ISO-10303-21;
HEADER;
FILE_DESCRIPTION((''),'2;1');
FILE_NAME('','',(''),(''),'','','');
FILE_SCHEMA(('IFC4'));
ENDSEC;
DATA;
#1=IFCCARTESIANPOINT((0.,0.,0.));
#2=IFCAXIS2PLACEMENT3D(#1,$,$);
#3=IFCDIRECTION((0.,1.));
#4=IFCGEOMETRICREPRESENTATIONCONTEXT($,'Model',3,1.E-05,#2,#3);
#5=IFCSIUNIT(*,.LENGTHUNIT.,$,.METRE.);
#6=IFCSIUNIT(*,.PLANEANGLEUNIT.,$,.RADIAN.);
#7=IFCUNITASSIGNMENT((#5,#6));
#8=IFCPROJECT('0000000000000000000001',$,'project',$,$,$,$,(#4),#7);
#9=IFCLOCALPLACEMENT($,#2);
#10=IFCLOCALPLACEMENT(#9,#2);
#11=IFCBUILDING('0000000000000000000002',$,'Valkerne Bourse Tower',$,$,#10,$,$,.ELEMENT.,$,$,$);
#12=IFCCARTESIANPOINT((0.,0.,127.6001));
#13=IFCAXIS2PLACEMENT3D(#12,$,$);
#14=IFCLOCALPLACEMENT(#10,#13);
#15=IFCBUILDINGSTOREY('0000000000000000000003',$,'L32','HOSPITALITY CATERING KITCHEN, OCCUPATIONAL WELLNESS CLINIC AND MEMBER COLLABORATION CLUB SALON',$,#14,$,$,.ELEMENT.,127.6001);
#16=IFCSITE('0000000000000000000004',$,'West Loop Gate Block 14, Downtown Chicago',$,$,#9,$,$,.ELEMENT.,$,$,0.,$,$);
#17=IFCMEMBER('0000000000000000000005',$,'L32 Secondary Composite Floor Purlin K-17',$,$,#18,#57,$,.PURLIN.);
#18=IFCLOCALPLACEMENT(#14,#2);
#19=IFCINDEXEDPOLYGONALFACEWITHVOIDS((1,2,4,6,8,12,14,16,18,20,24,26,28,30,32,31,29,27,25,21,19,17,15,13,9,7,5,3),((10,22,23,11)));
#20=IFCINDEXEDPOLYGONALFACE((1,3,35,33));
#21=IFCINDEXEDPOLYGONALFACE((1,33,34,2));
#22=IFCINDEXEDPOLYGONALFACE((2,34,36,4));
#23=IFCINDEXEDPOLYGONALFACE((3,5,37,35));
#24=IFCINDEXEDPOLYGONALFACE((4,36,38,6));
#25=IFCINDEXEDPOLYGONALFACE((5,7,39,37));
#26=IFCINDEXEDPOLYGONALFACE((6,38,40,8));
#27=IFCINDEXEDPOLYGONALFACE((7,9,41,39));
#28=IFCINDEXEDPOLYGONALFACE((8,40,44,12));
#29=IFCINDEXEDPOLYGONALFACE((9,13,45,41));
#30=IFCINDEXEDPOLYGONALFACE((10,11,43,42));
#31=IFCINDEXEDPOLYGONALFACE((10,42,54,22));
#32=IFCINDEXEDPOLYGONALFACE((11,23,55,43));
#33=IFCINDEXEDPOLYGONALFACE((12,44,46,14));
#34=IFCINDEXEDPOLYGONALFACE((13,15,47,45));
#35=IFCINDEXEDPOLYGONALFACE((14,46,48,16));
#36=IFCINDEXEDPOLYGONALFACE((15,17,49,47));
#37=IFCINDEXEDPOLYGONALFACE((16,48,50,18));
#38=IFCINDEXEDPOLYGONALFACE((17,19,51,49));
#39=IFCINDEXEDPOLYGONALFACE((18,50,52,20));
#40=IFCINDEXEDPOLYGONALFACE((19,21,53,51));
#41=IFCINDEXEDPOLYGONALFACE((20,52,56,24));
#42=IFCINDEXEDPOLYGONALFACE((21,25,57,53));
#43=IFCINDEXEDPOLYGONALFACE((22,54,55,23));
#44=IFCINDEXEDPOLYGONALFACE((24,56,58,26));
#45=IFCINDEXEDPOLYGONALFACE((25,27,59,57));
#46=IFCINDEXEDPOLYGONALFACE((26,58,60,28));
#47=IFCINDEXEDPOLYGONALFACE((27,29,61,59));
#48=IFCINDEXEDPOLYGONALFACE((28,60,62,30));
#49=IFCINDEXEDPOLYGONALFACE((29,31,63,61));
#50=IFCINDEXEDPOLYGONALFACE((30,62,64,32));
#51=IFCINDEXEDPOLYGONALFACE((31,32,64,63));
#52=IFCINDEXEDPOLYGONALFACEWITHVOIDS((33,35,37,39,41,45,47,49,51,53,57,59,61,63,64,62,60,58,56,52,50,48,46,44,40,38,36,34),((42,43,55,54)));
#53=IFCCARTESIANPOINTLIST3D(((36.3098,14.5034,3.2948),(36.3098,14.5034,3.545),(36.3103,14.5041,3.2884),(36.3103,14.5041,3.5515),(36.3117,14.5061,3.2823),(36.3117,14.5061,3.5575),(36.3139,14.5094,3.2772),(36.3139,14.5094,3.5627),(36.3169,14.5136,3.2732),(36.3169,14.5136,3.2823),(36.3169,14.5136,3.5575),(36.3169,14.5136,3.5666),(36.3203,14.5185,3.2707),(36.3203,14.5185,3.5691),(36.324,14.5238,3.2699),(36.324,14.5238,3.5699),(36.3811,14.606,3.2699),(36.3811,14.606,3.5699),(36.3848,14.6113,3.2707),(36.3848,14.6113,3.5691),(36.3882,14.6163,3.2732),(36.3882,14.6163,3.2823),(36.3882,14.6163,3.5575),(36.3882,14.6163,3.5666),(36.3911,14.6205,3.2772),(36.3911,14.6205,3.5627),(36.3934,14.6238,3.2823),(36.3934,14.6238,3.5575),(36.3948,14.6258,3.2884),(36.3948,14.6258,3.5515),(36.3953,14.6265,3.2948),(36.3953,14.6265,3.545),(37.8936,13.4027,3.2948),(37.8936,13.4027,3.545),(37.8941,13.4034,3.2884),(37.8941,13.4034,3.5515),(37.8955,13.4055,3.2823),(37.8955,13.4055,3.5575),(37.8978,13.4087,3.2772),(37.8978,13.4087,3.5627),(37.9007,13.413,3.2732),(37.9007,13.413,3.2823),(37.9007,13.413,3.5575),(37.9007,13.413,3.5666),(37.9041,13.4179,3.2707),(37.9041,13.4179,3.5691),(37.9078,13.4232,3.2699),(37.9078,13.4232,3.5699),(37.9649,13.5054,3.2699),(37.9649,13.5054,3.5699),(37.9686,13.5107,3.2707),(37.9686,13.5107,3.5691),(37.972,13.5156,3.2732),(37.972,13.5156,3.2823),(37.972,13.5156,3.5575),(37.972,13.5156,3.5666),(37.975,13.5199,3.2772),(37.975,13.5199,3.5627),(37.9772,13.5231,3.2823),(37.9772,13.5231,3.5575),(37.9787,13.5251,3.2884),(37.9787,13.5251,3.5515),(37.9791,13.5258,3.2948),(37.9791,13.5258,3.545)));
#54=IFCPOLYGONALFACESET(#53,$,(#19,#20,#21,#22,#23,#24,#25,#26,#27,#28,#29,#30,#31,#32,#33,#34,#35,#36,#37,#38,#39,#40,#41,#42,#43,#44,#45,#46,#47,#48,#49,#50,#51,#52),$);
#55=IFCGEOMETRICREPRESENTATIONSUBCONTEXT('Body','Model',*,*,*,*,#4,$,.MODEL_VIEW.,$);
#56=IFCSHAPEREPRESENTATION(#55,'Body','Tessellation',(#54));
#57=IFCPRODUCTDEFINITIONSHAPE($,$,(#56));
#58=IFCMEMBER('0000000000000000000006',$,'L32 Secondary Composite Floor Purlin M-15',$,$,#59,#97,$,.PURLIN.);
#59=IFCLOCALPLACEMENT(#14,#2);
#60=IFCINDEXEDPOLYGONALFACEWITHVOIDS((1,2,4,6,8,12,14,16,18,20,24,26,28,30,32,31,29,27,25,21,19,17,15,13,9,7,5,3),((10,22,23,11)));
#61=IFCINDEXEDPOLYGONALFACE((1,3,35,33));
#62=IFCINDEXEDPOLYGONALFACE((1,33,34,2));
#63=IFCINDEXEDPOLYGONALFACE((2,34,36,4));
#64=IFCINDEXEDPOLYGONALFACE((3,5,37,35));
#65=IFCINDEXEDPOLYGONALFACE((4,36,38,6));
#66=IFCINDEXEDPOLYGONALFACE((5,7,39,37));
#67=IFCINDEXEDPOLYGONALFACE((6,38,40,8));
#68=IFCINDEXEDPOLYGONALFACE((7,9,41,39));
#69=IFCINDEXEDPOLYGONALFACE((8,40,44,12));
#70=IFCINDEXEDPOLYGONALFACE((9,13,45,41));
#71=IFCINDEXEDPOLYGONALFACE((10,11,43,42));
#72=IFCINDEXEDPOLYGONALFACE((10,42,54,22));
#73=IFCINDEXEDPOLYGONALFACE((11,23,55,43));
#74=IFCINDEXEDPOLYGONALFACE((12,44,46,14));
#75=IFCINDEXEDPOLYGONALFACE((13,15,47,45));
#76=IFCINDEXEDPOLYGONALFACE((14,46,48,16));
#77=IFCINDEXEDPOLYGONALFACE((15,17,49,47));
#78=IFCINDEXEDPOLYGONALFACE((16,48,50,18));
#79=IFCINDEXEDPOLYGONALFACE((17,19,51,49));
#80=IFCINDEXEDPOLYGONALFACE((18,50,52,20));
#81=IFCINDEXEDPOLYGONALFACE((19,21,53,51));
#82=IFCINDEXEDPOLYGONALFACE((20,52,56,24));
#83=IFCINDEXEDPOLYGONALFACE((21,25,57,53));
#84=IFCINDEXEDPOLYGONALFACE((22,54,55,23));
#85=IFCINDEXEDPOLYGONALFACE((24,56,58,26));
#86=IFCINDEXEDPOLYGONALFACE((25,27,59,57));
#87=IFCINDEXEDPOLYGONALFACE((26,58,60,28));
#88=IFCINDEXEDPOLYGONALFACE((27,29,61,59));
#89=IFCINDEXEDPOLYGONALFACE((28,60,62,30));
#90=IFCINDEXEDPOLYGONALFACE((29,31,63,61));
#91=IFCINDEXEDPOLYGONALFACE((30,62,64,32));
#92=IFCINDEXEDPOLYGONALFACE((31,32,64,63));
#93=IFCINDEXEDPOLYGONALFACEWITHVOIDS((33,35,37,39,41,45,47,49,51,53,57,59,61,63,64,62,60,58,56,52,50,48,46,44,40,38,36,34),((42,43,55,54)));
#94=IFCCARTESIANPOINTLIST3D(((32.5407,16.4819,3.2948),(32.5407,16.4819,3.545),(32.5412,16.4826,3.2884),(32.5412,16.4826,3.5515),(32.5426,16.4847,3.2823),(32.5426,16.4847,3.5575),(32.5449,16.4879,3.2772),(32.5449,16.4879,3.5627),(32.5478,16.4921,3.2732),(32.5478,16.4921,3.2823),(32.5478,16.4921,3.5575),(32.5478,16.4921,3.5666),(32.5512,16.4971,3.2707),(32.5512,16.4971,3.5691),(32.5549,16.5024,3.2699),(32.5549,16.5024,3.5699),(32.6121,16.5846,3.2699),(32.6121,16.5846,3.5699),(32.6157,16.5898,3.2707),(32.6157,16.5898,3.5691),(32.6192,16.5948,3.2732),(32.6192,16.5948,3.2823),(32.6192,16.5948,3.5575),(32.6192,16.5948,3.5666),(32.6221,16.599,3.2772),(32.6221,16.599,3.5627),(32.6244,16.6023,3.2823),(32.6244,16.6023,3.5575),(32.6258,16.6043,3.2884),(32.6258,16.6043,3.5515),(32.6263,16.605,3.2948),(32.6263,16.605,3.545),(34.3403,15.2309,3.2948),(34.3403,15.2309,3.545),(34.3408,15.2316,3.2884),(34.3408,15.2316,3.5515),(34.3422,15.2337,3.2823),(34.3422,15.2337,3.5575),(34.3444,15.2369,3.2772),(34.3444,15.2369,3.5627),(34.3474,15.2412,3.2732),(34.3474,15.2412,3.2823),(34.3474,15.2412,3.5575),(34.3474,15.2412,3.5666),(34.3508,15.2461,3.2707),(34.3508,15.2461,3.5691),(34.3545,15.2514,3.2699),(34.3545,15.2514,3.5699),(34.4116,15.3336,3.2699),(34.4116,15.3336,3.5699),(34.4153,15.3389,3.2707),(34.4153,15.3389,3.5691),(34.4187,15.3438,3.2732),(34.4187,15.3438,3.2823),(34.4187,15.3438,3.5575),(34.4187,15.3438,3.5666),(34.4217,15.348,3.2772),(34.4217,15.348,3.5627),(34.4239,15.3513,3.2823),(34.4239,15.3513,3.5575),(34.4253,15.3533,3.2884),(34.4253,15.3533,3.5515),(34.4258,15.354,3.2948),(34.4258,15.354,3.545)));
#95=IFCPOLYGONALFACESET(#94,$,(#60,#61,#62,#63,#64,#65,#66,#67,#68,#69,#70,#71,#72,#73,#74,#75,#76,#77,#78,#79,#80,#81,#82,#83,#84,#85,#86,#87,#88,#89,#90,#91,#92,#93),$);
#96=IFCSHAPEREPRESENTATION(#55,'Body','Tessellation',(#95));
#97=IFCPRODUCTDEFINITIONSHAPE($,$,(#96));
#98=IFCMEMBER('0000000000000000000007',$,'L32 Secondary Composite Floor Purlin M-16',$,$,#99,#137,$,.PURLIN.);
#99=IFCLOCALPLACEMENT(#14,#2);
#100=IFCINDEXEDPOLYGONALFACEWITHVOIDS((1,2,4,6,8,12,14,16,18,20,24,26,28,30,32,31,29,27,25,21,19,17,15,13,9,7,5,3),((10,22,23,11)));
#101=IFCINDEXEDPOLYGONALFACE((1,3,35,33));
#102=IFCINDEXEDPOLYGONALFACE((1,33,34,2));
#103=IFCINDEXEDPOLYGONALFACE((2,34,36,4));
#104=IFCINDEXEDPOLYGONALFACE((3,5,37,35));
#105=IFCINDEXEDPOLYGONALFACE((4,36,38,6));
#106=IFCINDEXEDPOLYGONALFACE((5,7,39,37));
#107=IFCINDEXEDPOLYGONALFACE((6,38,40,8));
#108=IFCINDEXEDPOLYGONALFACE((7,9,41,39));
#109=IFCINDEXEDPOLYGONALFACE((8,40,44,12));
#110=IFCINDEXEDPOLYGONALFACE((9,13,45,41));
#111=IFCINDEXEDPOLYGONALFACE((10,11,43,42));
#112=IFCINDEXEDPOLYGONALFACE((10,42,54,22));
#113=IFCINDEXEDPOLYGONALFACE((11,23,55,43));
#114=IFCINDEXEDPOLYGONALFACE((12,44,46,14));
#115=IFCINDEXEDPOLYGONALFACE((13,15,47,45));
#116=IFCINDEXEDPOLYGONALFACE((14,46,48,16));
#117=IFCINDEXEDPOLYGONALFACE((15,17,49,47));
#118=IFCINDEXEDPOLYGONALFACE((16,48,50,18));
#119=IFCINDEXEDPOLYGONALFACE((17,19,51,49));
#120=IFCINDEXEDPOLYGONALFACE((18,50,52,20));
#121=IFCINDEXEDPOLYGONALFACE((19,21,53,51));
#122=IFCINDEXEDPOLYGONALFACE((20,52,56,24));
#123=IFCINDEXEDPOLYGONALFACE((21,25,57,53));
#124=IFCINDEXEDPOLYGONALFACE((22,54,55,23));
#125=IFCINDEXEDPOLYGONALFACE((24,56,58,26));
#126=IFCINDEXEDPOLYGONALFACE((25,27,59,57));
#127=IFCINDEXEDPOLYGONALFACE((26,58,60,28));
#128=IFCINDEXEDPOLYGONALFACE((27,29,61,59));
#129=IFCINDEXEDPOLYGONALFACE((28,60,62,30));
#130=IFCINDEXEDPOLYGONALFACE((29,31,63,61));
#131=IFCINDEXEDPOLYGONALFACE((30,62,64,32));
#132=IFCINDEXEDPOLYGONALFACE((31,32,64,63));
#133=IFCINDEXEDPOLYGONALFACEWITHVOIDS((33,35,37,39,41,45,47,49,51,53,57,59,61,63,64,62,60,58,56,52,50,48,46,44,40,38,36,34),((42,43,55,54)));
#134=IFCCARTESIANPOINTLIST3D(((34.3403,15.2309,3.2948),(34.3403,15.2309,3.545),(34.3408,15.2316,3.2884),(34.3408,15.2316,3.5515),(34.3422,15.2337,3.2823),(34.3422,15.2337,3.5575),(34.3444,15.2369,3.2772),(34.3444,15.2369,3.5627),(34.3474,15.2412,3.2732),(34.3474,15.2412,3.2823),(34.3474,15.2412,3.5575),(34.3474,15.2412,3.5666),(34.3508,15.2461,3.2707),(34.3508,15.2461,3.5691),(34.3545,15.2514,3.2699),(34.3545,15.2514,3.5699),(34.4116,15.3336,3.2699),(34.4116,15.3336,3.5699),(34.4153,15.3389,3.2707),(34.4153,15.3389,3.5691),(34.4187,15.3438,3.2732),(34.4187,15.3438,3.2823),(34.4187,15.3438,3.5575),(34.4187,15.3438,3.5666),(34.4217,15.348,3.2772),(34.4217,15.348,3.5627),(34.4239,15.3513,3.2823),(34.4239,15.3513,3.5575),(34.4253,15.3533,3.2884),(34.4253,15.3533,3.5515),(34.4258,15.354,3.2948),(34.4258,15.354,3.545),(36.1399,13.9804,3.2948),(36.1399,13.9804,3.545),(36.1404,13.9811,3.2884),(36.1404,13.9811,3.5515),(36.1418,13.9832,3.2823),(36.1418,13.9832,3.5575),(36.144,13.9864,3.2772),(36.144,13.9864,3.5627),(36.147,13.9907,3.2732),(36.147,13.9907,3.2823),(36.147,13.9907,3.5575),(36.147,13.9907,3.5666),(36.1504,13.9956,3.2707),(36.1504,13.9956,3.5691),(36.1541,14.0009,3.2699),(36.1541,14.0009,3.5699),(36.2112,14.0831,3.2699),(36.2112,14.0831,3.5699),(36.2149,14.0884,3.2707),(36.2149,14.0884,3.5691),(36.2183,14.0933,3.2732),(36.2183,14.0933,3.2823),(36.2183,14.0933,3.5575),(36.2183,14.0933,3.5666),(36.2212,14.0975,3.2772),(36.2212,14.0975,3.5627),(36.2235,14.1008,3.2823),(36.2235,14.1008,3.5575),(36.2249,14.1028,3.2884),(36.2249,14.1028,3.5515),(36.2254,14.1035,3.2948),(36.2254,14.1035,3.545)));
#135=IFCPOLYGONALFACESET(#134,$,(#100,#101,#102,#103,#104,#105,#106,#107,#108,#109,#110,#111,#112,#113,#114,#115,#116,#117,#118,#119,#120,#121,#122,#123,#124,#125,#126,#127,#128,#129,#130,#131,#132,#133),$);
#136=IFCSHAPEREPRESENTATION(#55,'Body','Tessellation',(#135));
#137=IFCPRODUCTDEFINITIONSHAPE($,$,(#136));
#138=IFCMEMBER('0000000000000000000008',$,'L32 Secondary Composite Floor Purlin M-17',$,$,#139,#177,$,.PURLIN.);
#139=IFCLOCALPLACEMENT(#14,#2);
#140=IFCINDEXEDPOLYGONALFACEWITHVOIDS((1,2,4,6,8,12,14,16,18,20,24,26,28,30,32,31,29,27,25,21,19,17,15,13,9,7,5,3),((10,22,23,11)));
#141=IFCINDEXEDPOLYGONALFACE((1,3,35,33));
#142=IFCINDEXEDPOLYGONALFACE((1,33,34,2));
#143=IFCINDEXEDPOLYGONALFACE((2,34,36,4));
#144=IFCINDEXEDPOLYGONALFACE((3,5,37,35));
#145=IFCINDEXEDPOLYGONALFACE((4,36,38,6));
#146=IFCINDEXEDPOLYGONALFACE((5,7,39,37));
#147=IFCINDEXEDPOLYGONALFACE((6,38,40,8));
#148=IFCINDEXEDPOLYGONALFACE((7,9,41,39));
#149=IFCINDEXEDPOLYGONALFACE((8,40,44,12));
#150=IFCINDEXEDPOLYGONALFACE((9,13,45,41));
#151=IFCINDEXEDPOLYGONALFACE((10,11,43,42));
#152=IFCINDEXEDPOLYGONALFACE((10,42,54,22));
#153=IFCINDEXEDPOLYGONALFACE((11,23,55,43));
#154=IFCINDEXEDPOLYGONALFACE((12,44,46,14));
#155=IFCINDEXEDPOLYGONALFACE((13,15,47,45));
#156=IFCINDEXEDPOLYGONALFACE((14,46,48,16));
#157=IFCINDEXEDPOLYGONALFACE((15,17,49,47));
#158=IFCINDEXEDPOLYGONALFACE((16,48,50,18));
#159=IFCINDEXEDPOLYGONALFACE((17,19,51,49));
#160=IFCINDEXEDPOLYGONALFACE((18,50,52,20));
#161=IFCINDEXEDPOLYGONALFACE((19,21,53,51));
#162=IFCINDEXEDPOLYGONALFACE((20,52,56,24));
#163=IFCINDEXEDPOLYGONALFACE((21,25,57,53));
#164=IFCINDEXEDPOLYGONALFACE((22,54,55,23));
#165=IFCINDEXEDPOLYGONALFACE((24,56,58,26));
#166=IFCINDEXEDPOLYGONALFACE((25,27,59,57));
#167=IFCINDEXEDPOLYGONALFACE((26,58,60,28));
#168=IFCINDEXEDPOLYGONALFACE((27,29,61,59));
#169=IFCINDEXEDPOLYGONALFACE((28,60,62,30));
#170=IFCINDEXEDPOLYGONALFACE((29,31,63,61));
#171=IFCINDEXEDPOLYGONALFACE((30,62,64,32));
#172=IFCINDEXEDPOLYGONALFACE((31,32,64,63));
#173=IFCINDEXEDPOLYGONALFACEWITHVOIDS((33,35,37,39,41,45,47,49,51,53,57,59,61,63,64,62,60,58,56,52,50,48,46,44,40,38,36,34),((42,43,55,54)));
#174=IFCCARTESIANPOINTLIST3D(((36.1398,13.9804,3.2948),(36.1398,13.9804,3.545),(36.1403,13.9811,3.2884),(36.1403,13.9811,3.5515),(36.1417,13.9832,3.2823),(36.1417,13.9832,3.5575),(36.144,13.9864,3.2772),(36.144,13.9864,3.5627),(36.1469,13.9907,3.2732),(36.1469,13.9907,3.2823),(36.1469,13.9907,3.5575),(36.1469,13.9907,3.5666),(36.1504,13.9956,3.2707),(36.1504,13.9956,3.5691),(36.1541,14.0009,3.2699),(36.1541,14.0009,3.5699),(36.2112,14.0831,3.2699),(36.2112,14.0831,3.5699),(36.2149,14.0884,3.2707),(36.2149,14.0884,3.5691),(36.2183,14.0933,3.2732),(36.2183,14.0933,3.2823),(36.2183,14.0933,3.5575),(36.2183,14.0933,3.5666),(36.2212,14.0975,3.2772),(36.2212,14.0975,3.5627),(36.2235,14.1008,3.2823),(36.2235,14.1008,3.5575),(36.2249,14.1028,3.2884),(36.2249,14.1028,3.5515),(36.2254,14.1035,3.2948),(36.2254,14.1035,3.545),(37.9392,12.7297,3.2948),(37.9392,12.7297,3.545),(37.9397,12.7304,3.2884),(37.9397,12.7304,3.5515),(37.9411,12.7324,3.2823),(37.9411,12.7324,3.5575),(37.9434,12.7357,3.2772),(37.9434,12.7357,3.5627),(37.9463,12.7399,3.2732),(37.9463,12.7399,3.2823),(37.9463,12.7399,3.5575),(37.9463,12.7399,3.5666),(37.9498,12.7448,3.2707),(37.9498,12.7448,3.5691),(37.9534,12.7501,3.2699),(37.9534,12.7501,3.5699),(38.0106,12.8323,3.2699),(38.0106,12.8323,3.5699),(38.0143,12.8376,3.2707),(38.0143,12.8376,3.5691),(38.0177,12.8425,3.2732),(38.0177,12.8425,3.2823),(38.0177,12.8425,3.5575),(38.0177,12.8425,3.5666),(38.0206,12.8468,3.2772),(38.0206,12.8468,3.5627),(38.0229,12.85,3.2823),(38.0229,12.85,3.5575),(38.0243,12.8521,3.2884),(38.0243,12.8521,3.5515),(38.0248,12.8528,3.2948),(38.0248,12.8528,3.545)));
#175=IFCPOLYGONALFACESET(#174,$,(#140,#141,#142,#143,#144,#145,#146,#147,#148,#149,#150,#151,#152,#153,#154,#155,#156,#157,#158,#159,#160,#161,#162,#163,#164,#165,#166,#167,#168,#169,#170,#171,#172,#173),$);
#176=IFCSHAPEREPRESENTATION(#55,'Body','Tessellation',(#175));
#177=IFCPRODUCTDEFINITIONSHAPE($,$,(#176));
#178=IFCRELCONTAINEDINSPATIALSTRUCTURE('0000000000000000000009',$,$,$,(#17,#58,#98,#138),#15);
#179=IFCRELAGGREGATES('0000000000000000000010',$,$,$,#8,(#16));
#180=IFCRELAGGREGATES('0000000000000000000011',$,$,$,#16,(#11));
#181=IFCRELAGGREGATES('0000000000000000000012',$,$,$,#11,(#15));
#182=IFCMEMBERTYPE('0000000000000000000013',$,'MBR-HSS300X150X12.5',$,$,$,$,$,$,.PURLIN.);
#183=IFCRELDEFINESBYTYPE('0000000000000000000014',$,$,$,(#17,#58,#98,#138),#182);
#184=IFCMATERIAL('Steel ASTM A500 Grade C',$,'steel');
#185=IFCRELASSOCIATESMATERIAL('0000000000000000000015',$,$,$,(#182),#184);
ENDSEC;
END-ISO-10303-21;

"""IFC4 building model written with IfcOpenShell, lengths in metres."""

from ifc_helpers import new_model, si_unit, direction, frame, origin, origin_2d, place, context, subcontext, project, spatial, hollow_rectangle, extrude, material, material_profile, profile_set, type_object, element, save


model = new_model("IFC4")

# Units and contexts
model_context = context("Model", 3, precision=1e-05, world=origin(), true_north=direction((0.0, 1.0)))
body_context = subcontext(model_context, "Body", "Model", "MODEL_VIEW")
ifc_project = project(units=[si_unit("LENGTHUNIT", "METRE"), si_unit("PLANEANGLEUNIT", "RADIAN")], contexts=[model_context])

# Site, building, storey
site_placement = place(None, origin())
site = spatial("IfcSite", under=ifc_project, at=site_placement, Name="West Loop Gate Block 14, Downtown Chicago", CompositionType="ELEMENT", RefElevation=0.0)
building_placement = place(site_placement, origin())
building = spatial("IfcBuilding", under=site, at=building_placement, Name="Valkerne Bourse Tower", CompositionType="ELEMENT")
storey_placement = place(building_placement, frame((0.0, 0.0, 127.6001)))
storey = spatial("IfcBuildingStorey", under=building, at=storey_placement, Name="L32", Description="HOSPITALITY CATERING KITCHEN, OCCUPATIONAL WELLNESS CLINIC AND MEMBER COLLABORATION CLUB SALON", CompositionType="ELEMENT", Elevation=127.6001)

# Members
ifc_material_1 = material(Name="Steel ASTM A500 Grade C", Category="steel")
ifc_material_profile_1 = material_profile(ifc_material_1, hollow_rectangle(XDim=0.1499, YDim=0.3, WallThickness=0.0125, OuterFilletRadius=0.0249, at=origin_2d()), Name="HSS300X150X12.5")
ifc_profile_set_1 = profile_set([ifc_material_profile_1], Name="Steel ASTM A500 Grade C")
member_type_1 = type_object("IfcMemberType", Name="MBR-HSS300X150X12.5", PredefinedType="PURLIN", material=ifc_profile_set_1)
member_1_placement = place(storey_placement, frame((36.3525, 14.5649, 3.4199), z_axis=(0.821184, -0.570664, 0.0), x_axis=(0.570664, 0.821184, 0.0)))
element("IfcMember", 1, at=member_1_placement, inside=storey, type_object=member_type_1, Name="L32 Secondary Composite Floor Purlin K-17", PredefinedType="PURLIN", context=body_context, shape_type="SweptSolid", body=[
    extrude(hollow_rectangle(XDim=0.1499, YDim=0.3, WallThickness=0.0125, OuterFilletRadius=0.0249, at=origin_2d()), origin(), (0.0, 0.0, 1.0), 1.9287),
])
member_2_placement = place(storey_placement, frame((32.5835, 16.5435, 3.4199), z_axis=(0.821096, -0.57079, 0.0), x_axis=(0.57079, 0.821096, 0.0)))
element("IfcMember", 2, at=member_2_placement, inside=storey, type_object=member_type_1, Name="L32 Secondary Composite Floor Purlin M-15", PredefinedType="PURLIN", context=body_context, shape_type="SweptSolid", body=[
    extrude(hollow_rectangle(XDim=0.1499, YDim=0.3, WallThickness=0.0125, OuterFilletRadius=0.0249, at=origin_2d()), origin(), (0.0, 0.0, 1.0), 2.1917),
])
for number, where, z_axis, x_axis, name in (
    (3, (34.3831, 15.2925, 3.4199), (0.8212, -0.57064, 0.0), (0.57064, 0.8212, 0.0), "L32 Secondary Composite Floor Purlin M-16"),
    (4, (36.1826, 14.042, 3.4199), (0.821112, -0.570767, 0.0), (0.570767, 0.821112, 0.0), "L32 Secondary Composite Floor Purlin M-17"),
):
    element("IfcMember", number, at=place(storey_placement, frame(where, z_axis=z_axis, x_axis=x_axis)), inside=storey, type_object=member_type_1, Name=name, PredefinedType="PURLIN", context=body_context, shape_type="SweptSolid", body=[
        extrude(hollow_rectangle(XDim=0.1499, YDim=0.3, WallThickness=0.0125, OuterFilletRadius=0.0249, at=origin_2d()), origin(), (0.0, 0.0, 1.0), 2.1914),
    ])

save(model, "model.ifc")
